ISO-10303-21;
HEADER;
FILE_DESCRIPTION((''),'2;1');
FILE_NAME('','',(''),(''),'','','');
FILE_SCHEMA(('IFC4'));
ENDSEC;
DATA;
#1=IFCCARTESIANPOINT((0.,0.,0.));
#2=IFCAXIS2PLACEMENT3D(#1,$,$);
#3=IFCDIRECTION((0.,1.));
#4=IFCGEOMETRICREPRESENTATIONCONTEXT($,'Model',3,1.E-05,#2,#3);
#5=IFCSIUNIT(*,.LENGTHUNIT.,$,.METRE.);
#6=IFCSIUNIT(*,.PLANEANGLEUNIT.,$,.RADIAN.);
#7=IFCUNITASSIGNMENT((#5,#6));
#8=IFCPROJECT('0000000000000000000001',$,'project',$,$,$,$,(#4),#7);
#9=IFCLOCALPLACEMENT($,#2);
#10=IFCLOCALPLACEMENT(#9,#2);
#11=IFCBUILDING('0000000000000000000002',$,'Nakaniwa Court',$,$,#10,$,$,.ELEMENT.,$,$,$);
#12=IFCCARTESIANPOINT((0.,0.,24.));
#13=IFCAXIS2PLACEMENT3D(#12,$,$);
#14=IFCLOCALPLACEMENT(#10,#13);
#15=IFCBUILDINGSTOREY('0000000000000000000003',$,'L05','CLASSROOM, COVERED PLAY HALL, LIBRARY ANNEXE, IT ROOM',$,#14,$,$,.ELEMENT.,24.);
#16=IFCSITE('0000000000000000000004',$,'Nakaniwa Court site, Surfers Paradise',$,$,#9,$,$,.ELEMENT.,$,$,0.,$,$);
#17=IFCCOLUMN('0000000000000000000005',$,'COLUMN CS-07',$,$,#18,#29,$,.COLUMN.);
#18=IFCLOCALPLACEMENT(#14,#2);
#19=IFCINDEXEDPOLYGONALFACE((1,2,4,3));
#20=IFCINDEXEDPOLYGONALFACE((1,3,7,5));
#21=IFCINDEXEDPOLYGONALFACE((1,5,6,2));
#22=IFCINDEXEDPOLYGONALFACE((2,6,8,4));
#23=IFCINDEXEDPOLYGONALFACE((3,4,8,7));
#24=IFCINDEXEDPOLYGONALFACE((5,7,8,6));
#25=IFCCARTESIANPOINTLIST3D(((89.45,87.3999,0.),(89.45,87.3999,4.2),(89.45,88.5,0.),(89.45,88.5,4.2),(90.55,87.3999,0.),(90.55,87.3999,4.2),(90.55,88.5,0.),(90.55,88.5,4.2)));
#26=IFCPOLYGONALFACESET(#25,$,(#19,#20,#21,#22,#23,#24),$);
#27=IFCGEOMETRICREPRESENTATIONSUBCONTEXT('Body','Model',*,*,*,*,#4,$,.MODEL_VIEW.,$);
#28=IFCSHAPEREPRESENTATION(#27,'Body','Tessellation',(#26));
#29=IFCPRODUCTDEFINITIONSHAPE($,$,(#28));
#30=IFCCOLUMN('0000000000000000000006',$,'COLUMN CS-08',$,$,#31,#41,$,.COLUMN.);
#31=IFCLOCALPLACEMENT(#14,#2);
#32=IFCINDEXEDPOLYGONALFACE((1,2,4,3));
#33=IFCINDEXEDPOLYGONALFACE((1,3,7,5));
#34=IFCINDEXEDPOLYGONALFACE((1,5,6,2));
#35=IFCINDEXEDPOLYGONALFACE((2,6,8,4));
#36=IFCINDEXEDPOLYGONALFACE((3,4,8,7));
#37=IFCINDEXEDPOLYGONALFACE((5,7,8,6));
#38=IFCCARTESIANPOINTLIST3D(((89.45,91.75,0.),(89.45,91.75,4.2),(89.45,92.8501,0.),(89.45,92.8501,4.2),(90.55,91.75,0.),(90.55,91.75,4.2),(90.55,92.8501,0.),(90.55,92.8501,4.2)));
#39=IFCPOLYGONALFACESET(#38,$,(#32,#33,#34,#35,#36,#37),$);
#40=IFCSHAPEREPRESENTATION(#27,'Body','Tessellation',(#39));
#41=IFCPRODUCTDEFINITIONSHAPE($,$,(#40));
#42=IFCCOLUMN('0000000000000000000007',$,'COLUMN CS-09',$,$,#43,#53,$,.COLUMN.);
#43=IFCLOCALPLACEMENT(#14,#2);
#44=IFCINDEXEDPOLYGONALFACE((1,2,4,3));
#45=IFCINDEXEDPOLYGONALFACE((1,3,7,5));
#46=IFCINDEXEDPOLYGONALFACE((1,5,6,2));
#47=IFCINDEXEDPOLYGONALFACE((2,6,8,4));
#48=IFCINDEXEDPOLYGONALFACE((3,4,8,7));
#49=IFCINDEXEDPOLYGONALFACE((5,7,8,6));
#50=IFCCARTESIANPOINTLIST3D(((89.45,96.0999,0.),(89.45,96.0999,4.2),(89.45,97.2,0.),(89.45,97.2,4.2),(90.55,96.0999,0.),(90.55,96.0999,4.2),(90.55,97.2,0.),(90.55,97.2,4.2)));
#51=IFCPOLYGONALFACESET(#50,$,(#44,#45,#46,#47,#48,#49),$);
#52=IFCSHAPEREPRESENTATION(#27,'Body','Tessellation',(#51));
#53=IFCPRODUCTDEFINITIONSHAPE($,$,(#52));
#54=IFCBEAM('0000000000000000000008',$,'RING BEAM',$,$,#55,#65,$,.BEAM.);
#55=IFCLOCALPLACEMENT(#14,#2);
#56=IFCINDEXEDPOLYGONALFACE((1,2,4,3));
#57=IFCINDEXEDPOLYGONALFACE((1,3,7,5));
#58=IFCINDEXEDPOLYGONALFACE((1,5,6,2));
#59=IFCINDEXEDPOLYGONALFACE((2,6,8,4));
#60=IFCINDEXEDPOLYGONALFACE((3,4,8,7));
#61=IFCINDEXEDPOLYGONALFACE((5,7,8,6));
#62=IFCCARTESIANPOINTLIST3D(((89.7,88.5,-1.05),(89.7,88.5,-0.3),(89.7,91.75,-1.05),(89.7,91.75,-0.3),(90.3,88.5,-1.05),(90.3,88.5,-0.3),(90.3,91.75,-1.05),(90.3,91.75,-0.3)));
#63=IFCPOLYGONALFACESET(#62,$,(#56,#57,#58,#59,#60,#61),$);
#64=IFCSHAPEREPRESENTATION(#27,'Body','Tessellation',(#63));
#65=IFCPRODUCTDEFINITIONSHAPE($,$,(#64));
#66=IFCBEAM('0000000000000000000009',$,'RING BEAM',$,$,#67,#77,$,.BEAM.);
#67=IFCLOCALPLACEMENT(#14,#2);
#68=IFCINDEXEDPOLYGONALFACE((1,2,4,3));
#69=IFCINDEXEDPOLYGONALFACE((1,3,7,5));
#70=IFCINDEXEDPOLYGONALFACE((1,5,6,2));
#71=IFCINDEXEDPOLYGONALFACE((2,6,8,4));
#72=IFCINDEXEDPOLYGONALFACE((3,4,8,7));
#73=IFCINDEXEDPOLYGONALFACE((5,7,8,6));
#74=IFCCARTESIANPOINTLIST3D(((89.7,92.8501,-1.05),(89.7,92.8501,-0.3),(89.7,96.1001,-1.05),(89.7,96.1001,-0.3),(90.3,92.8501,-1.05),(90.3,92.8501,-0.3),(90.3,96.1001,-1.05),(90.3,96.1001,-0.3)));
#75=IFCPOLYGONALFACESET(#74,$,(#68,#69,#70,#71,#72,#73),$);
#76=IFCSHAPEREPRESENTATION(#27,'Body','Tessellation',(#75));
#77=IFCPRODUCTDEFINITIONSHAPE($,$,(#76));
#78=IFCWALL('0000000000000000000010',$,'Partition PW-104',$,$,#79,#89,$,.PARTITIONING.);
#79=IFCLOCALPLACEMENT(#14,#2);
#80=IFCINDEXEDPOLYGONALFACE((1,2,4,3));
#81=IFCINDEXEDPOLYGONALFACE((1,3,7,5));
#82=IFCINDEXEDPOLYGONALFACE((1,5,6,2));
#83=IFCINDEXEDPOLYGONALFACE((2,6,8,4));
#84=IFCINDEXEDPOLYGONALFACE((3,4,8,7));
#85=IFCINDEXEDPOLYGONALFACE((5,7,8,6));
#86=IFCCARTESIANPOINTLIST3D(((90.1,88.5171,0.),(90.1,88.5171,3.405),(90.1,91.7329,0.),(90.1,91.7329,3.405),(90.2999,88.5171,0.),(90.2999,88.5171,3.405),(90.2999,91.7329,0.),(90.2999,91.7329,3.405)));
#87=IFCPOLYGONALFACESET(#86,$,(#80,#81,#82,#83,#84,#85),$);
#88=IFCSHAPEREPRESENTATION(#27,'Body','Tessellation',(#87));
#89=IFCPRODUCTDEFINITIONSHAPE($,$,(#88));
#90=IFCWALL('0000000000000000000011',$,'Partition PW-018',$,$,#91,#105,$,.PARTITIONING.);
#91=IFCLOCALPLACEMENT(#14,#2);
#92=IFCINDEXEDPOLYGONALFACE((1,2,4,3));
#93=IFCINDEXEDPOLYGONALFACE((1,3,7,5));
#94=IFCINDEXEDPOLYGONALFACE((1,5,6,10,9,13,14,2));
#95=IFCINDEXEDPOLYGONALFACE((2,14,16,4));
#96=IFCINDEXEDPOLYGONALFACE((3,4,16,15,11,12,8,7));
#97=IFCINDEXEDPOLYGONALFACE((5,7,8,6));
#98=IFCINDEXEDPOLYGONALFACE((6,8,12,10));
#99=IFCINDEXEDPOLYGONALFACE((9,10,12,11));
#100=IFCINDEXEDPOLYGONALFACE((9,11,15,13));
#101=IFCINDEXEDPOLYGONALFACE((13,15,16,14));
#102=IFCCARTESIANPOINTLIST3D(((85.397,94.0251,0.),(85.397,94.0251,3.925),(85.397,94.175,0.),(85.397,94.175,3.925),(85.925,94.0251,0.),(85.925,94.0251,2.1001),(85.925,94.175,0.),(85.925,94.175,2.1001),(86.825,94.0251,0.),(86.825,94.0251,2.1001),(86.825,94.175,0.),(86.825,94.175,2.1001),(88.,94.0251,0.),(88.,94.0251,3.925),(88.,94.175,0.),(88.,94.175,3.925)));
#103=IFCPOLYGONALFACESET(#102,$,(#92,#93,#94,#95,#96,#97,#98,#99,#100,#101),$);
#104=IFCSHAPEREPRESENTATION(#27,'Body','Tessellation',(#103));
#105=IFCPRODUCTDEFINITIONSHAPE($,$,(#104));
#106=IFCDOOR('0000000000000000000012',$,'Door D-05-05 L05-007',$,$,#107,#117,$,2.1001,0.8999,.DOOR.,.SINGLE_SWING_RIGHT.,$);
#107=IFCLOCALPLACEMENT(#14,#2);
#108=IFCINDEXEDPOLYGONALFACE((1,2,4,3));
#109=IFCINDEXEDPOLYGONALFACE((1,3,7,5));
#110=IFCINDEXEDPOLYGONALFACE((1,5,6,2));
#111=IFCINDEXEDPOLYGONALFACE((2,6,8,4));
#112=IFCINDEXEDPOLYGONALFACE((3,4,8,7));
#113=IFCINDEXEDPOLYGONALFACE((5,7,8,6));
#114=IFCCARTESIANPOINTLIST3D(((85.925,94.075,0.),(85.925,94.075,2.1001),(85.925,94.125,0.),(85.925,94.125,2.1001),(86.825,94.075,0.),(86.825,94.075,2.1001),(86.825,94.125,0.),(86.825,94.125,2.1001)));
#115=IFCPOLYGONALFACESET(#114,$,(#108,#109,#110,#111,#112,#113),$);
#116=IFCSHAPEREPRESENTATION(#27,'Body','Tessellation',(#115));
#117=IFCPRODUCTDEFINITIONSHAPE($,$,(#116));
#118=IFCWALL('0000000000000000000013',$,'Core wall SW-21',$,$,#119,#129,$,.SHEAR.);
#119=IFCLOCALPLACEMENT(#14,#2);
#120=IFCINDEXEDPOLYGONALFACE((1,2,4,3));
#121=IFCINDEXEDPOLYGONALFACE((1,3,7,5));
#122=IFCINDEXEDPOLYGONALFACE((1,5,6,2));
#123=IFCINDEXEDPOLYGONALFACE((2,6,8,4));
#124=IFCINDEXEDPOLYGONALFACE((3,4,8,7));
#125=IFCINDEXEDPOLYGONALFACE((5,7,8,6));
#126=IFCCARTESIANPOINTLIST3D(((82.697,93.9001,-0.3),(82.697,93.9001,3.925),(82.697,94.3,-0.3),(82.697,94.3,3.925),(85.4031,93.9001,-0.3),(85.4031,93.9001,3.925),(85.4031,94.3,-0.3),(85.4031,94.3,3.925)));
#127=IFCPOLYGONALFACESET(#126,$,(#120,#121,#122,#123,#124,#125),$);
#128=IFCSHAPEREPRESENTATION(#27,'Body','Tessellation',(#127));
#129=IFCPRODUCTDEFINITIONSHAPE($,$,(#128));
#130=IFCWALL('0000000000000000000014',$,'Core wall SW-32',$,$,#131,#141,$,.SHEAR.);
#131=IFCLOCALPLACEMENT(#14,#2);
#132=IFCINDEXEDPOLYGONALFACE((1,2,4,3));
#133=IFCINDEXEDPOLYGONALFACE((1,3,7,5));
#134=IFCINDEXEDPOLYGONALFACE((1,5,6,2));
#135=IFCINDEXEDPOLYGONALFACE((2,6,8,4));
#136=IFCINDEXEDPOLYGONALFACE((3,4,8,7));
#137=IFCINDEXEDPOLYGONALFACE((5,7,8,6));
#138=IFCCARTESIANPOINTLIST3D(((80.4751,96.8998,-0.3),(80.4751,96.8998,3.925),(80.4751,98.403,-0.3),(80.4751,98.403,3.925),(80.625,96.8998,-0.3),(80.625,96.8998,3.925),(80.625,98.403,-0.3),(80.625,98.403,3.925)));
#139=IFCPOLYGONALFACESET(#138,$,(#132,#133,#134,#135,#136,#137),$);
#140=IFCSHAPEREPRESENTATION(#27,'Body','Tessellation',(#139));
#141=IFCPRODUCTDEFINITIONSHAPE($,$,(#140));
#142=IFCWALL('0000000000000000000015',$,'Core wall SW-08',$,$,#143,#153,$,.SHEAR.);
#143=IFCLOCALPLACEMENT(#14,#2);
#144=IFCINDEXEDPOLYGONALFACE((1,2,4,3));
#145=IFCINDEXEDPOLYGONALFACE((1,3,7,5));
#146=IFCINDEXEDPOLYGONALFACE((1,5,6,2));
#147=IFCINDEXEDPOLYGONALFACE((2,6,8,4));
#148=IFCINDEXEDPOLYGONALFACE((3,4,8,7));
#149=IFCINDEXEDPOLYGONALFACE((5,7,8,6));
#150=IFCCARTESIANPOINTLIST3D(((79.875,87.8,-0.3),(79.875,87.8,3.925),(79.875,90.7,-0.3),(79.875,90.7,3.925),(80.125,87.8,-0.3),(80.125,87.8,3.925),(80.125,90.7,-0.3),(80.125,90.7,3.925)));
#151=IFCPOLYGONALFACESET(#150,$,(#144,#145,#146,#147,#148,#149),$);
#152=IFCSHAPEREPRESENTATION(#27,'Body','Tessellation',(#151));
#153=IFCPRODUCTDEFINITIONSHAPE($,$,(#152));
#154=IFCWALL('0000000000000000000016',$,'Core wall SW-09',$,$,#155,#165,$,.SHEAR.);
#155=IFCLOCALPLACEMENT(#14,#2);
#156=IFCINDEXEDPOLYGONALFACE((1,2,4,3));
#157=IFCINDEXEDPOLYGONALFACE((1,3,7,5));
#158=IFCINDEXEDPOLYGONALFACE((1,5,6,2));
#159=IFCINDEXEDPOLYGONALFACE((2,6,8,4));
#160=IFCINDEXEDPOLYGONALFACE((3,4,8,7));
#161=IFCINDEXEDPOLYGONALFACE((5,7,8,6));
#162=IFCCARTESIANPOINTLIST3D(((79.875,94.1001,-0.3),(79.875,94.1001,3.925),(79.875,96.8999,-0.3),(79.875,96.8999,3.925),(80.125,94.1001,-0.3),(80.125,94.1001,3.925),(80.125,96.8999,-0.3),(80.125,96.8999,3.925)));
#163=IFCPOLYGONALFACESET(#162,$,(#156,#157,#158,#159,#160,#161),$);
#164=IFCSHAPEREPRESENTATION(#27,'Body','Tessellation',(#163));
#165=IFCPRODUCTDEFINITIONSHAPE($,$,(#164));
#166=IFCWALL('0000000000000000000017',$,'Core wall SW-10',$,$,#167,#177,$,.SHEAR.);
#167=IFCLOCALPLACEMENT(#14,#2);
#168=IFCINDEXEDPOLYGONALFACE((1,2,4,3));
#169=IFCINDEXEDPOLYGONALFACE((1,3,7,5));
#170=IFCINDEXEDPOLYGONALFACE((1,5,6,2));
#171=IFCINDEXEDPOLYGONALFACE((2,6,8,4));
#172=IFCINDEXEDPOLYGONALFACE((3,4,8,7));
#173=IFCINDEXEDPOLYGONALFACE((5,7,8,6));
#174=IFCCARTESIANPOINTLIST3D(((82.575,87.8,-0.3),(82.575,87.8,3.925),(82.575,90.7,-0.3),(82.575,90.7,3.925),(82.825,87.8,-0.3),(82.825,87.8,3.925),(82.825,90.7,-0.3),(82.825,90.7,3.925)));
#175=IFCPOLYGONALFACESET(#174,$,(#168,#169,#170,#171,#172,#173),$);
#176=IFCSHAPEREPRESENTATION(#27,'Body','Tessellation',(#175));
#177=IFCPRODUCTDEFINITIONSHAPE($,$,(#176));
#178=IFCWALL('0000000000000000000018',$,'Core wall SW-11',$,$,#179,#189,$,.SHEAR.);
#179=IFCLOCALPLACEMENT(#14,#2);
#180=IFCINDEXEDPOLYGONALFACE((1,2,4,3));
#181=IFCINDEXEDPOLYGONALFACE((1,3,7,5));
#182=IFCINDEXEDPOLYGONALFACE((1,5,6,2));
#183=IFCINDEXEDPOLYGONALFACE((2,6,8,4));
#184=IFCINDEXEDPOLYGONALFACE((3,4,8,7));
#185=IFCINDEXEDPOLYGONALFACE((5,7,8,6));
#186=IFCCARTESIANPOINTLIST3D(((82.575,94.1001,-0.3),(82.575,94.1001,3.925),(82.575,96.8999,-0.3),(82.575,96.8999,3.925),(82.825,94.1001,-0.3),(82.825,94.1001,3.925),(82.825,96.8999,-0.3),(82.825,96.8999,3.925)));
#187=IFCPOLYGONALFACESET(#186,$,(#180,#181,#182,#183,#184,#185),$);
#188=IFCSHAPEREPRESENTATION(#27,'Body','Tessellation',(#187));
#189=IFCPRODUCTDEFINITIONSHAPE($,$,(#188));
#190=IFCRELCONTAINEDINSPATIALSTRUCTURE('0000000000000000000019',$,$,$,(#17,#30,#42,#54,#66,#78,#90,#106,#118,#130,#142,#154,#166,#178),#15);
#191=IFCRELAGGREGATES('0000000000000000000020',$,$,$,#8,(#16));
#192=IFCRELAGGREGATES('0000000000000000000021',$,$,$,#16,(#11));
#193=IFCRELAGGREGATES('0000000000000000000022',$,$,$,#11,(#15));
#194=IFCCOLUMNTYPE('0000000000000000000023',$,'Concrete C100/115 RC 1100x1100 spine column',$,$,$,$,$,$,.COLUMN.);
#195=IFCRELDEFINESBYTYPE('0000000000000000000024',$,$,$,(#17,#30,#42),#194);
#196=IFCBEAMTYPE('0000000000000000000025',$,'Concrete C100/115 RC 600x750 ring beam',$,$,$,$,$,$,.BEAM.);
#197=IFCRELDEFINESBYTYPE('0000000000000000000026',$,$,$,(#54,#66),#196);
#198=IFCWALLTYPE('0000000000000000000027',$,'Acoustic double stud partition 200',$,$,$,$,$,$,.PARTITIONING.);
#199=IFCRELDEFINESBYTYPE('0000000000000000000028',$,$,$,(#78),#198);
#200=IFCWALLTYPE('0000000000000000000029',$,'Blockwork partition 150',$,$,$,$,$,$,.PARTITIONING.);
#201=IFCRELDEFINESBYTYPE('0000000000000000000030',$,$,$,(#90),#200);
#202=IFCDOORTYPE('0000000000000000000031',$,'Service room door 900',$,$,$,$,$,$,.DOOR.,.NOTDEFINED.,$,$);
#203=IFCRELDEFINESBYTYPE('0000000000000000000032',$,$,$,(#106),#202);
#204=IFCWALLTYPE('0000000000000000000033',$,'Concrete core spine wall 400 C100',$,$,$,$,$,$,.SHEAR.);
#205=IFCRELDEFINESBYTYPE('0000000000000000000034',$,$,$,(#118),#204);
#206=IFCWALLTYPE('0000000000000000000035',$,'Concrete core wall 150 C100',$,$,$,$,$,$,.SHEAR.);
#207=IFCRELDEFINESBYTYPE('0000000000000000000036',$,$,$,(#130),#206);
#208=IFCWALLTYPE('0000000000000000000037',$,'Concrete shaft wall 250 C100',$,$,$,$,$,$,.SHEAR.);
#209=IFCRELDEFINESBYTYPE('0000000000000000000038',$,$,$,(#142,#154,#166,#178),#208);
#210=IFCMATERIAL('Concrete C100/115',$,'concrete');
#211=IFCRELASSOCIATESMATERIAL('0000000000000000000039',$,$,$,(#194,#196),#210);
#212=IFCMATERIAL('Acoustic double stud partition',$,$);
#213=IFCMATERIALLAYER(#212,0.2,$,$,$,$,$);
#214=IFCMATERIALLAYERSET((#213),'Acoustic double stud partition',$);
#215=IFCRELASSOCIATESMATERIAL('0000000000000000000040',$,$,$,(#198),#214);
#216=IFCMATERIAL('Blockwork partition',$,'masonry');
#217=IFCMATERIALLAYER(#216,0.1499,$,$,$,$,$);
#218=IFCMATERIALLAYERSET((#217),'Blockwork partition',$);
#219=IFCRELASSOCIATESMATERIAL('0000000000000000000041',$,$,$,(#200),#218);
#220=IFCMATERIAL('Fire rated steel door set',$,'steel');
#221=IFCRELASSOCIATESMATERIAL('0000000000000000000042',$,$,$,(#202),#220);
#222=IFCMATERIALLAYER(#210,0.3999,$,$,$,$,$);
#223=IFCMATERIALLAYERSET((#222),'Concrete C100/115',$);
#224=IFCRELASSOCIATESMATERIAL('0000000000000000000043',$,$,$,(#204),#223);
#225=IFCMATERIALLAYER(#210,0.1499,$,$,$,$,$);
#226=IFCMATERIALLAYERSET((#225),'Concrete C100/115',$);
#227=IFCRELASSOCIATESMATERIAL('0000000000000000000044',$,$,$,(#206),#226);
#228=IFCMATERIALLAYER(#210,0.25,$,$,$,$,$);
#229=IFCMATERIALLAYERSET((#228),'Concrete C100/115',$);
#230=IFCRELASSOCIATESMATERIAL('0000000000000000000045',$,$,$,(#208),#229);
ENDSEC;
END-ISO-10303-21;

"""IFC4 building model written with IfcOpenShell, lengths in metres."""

from ifc_helpers import new_model, si_unit, direction, frame, frame_2d, origin, origin_2d, place, context, subcontext, project, spatial, rectangle, extrude, material, layer, layer_set, material_profile, profile_set, type_object, element, fill, save


model = new_model("IFC4")

# Units and contexts
model_context = context("Model", 3, precision=1e-05, world=origin(), true_north=direction((0.0, 1.0)))
body_context = subcontext(model_context, "Body", "Model", "MODEL_VIEW")
ifc_project = project(units=[si_unit("LENGTHUNIT", "METRE"), si_unit("PLANEANGLEUNIT", "RADIAN")], contexts=[model_context])

# Site, building, storey
site_placement = place(None, origin())
site = spatial("IfcSite", under=ifc_project, at=site_placement, Name="Nakaniwa Court site, Surfers Paradise", CompositionType="ELEMENT", RefElevation=0.0)
building_placement = place(site_placement, origin())
building = spatial("IfcBuilding", under=site, at=building_placement, Name="Nakaniwa Court", CompositionType="ELEMENT")
storey_placement = place(building_placement, frame((0.0, 0.0, 24.0)))
storey = spatial("IfcBuildingStorey", under=building, at=storey_placement, Name="L05", Description="CLASSROOM, COVERED PLAY HALL, LIBRARY ANNEXE, IT ROOM", CompositionType="ELEMENT", Elevation=24.0)

# Columns
ifc_material_1 = material(Name="Concrete C100/115", Category="concrete")
ifc_material_profile_1 = material_profile(ifc_material_1, rectangle(XDim=1.1001, YDim=1.1001, at=origin_2d()), Name="Concrete C100/115 RC 1100x1100 spine column")
ifc_profile_set_1 = profile_set([ifc_material_profile_1], Name="Concrete C100/115")
column_type = type_object("IfcColumnType", Name="Concrete C100/115 RC 1100x1100 spine column", PredefinedType="COLUMN", material=ifc_profile_set_1)
for number, where, z_axis, x_axis, name in (
    (1, (90.0, 87.95, 0.0), (0.0, 0.0, 1.0), (0.0, 1.0, 0.0), "COLUMN CS-07"),
    (2, (90.0, 92.3, 0.0), (0.0, 0.0, 1.0), (0.0, 1.0, 0.0), "COLUMN CS-08"),
    (3, (90.0, 96.6499, 0.0), (0.0, 0.0, 1.0), (0.0, 1.0, 0.0), "COLUMN CS-09"),
):
    element("IfcColumn", number, at=place(storey_placement, frame(where, z_axis=z_axis, x_axis=x_axis)), inside=storey, type_object=column_type, Name=name, PredefinedType="COLUMN", context=body_context, shape_type="SweptSolid", body=[
        extrude(rectangle(XDim=1.1001, YDim=1.1001, at=origin_2d()), origin(), (0.0, 0.0, 1.0), 4.2),
    ])

# Beams
ifc_material_profile_2 = material_profile(ifc_material_1, rectangle(XDim=0.6001, YDim=0.75, at=origin_2d()), Name="Concrete C100/115 RC 600x750 ring beam")
ifc_profile_set_2 = profile_set([ifc_material_profile_2], Name="Concrete C100/115")
beam_type = type_object("IfcBeamType", Name="Concrete C100/115 RC 600x750 ring beam", PredefinedType="BEAM", material=ifc_profile_set_2)
for number, where, z_axis, x_axis, name in (
    (4, (90.0, 88.5, -0.675), (0.0, 1.0, 0.0), (-1.0, 0.0, 0.0), "RING BEAM"),
    (5, (90.0, 92.8501, -0.675), (0.0, 1.0, 0.0), (-1.0, 0.0, 0.0), "RING BEAM"),
):
    element("IfcBeam", number, at=place(storey_placement, frame(where, z_axis=z_axis, x_axis=x_axis)), inside=storey, type_object=beam_type, Name=name, PredefinedType="BEAM", context=body_context, shape_type="SweptSolid", body=[
        extrude(rectangle(XDim=0.6001, YDim=0.75, at=origin_2d()), origin(), (0.0, 0.0, 1.0), 3.25),
    ])

# Wall
ifc_material_2 = material(Name="Acoustic double stud partition")
ifc_layer_1 = layer(ifc_material_2, 0.2)
ifc_layer_set_1 = layer_set([ifc_layer_1], Name="Acoustic double stud partition")
wall_type_1 = type_object("IfcWallType", Name="Acoustic double stud partition 200", PredefinedType="PARTITIONING", material=ifc_layer_set_1)
wall_1_placement = place(storey_placement, frame((90.2, 88.5171, 0.0), z_axis=(0.0, 0.0, 1.0), x_axis=(0.0, 1.0, 0.0)))
element("IfcWall", 6, at=wall_1_placement, inside=storey, type_object=wall_type_1, Name="Partition PW-104", PredefinedType="PARTITIONING", context=body_context, shape_type="SweptSolid", body=[
    extrude(rectangle(XDim=3.2158, YDim=0.2, at=frame_2d((1.6079, 0.0))), origin(), (0.0, 0.0, 1.0), 3.405),
])

# Wall, opening, door
ifc_material_3 = material(Name="Blockwork partition", Category="masonry")
ifc_layer_2 = layer(ifc_material_3, 0.1499)
ifc_layer_set_2 = layer_set([ifc_layer_2], Name="Blockwork partition")
wall_type_2 = type_object("IfcWallType", Name="Blockwork partition 150", PredefinedType="PARTITIONING", material=ifc_layer_set_2)
wall_2_placement = place(storey_placement, frame((85.397, 94.1001, 0.0), z_axis=(0.0, 0.0, 1.0), x_axis=(1.0, 0.0, 0.0)))
wall_2 = element("IfcWall", 7, at=wall_2_placement, inside=storey, type_object=wall_type_2, Name="Partition PW-018", PredefinedType="PARTITIONING", context=body_context, shape_type="SweptSolid", body=[
    extrude(rectangle(XDim=2.603, YDim=0.1499, at=frame_2d((1.3015, 0.0))), origin(), (0.0, 0.0, 1.0), 3.925),
])
opening_1_placement = place(wall_2_placement, frame((0.5281, 0.0, 0.0)))
opening_1 = element("IfcOpeningElement", 8, at=opening_1_placement, cuts=wall_2, PredefinedType="OPENING", context=body_context, shape_type="SweptSolid", body=[
    extrude(rectangle(XDim=0.8999, YDim=2.1001, at=frame_2d((0.45, 1.05))), frame((0.0, 0.085, 0.0), z_axis=(0.0, -1.0, 0.0), x_axis=(1.0, 0.0, 0.0)), (0.0, 0.0, 1.0), 0.1699),
])
ifc_material_4 = material(Name="Fire rated steel door set", Category="steel")
door_type_1 = type_object("IfcDoorType", Name="Service room door 900", OperationType="NOTDEFINED", PredefinedType="DOOR", material=ifc_material_4)
door_1_placement = place(opening_1_placement, origin())
door_1 = element("IfcDoor", 9, at=door_1_placement, inside=storey, type_object=door_type_1, Name="Door D-05-05 L05-007", OperationType="SINGLE_SWING_RIGHT", OverallHeight=2.1001, OverallWidth=0.8999, PredefinedType="DOOR", context=body_context, shape_type="SweptSolid", body=[
    extrude(rectangle(XDim=0.8999, YDim=2.1001, at=frame_2d((0.45, 1.05))), frame((0.0, 0.0249, 0.0), z_axis=(0.0, -1.0, 0.0), x_axis=(1.0, 0.0, 0.0)), (0.0, 0.0, 1.0), 0.05),
])
fill(opening_1, door_1)

# Walls
ifc_layer_3 = layer(ifc_material_1, 0.3999)
ifc_layer_set_3 = layer_set([ifc_layer_3], Name="Concrete C100/115")
wall_type_3 = type_object("IfcWallType", Name="Concrete core spine wall 400 C100", PredefinedType="SHEAR", material=ifc_layer_set_3)
wall_3_placement = place(storey_placement, frame((82.697, 94.1001, -0.3), z_axis=(0.0, 0.0, 1.0), x_axis=(1.0, 0.0, 0.0)))
element("IfcWall", 10, at=wall_3_placement, inside=storey, type_object=wall_type_3, Name="Core wall SW-21", PredefinedType="SHEAR", context=body_context, shape_type="SweptSolid", body=[
    extrude(rectangle(XDim=2.7061, YDim=0.3999, at=frame_2d((1.353, 0.0))), origin(), (0.0, 0.0, 1.0), 4.2251),
])
ifc_layer_4 = layer(ifc_material_1, 0.1499)
ifc_layer_set_4 = layer_set([ifc_layer_4], Name="Concrete C100/115")
wall_type_4 = type_object("IfcWallType", Name="Concrete core wall 150 C100", PredefinedType="SHEAR", material=ifc_layer_set_4)
wall_4_placement = place(storey_placement, frame((80.55, 96.8999, -0.3), z_axis=(0.0, 0.0, 1.0), x_axis=(0.0, 1.0, 0.0)))
element("IfcWall", 11, at=wall_4_placement, inside=storey, type_object=wall_type_4, Name="Core wall SW-32", PredefinedType="SHEAR", context=body_context, shape_type="SweptSolid", body=[
    extrude(rectangle(XDim=1.5032, YDim=0.1499, at=frame_2d((0.7515, 0.0))), origin(), (0.0, 0.0, 1.0), 4.2251),
])
ifc_layer_5 = layer(ifc_material_1, 0.25)
ifc_layer_set_5 = layer_set([ifc_layer_5], Name="Concrete C100/115")
wall_type_5 = type_object("IfcWallType", Name="Concrete shaft wall 250 C100", PredefinedType="SHEAR", material=ifc_layer_set_5)
wall_5_placement = place(storey_placement, frame((80.0, 87.8, -0.3), z_axis=(0.0, 0.0, 1.0), x_axis=(0.0, 1.0, 0.0)))
element("IfcWall", 12, at=wall_5_placement, inside=storey, type_object=wall_type_5, Name="Core wall SW-08", PredefinedType="SHEAR", context=body_context, shape_type="SweptSolid", body=[
    extrude(rectangle(XDim=2.8999, YDim=0.25, at=frame_2d((1.45, 0.0))), origin(), (0.0, 0.0, 1.0), 4.2251),
])
wall_6_placement = place(storey_placement, frame((80.0, 94.1001, -0.3), z_axis=(0.0, 0.0, 1.0), x_axis=(0.0, 1.0, 0.0)))
element("IfcWall", 13, at=wall_6_placement, inside=storey, type_object=wall_type_5, Name="Core wall SW-09", PredefinedType="SHEAR", context=body_context, shape_type="SweptSolid", body=[
    extrude(rectangle(XDim=2.7998, YDim=0.25, at=frame_2d((1.3999, 0.0))), origin(), (0.0, 0.0, 1.0), 4.2251),
])
wall_7_placement = place(storey_placement, frame((82.7, 87.8, -0.3), z_axis=(0.0, 0.0, 1.0), x_axis=(0.0, 1.0, 0.0)))
element("IfcWall", 14, at=wall_7_placement, inside=storey, type_object=wall_type_5, Name="Core wall SW-10", PredefinedType="SHEAR", context=body_context, shape_type="SweptSolid", body=[
    extrude(rectangle(XDim=2.8999, YDim=0.25, at=frame_2d((1.45, 0.0))), origin(), (0.0, 0.0, 1.0), 4.2251),
])
wall_8_placement = place(storey_placement, frame((82.7, 94.1001, -0.3), z_axis=(0.0, 0.0, 1.0), x_axis=(0.0, 1.0, 0.0)))
element("IfcWall", 15, at=wall_8_placement, inside=storey, type_object=wall_type_5, Name="Core wall SW-11", PredefinedType="SHEAR", context=body_context, shape_type="SweptSolid", body=[
    extrude(rectangle(XDim=2.7998, YDim=0.25, at=frame_2d((1.3999, 0.0))), origin(), (0.0, 0.0, 1.0), 4.2251),
])

save(model, "model.ifc")
